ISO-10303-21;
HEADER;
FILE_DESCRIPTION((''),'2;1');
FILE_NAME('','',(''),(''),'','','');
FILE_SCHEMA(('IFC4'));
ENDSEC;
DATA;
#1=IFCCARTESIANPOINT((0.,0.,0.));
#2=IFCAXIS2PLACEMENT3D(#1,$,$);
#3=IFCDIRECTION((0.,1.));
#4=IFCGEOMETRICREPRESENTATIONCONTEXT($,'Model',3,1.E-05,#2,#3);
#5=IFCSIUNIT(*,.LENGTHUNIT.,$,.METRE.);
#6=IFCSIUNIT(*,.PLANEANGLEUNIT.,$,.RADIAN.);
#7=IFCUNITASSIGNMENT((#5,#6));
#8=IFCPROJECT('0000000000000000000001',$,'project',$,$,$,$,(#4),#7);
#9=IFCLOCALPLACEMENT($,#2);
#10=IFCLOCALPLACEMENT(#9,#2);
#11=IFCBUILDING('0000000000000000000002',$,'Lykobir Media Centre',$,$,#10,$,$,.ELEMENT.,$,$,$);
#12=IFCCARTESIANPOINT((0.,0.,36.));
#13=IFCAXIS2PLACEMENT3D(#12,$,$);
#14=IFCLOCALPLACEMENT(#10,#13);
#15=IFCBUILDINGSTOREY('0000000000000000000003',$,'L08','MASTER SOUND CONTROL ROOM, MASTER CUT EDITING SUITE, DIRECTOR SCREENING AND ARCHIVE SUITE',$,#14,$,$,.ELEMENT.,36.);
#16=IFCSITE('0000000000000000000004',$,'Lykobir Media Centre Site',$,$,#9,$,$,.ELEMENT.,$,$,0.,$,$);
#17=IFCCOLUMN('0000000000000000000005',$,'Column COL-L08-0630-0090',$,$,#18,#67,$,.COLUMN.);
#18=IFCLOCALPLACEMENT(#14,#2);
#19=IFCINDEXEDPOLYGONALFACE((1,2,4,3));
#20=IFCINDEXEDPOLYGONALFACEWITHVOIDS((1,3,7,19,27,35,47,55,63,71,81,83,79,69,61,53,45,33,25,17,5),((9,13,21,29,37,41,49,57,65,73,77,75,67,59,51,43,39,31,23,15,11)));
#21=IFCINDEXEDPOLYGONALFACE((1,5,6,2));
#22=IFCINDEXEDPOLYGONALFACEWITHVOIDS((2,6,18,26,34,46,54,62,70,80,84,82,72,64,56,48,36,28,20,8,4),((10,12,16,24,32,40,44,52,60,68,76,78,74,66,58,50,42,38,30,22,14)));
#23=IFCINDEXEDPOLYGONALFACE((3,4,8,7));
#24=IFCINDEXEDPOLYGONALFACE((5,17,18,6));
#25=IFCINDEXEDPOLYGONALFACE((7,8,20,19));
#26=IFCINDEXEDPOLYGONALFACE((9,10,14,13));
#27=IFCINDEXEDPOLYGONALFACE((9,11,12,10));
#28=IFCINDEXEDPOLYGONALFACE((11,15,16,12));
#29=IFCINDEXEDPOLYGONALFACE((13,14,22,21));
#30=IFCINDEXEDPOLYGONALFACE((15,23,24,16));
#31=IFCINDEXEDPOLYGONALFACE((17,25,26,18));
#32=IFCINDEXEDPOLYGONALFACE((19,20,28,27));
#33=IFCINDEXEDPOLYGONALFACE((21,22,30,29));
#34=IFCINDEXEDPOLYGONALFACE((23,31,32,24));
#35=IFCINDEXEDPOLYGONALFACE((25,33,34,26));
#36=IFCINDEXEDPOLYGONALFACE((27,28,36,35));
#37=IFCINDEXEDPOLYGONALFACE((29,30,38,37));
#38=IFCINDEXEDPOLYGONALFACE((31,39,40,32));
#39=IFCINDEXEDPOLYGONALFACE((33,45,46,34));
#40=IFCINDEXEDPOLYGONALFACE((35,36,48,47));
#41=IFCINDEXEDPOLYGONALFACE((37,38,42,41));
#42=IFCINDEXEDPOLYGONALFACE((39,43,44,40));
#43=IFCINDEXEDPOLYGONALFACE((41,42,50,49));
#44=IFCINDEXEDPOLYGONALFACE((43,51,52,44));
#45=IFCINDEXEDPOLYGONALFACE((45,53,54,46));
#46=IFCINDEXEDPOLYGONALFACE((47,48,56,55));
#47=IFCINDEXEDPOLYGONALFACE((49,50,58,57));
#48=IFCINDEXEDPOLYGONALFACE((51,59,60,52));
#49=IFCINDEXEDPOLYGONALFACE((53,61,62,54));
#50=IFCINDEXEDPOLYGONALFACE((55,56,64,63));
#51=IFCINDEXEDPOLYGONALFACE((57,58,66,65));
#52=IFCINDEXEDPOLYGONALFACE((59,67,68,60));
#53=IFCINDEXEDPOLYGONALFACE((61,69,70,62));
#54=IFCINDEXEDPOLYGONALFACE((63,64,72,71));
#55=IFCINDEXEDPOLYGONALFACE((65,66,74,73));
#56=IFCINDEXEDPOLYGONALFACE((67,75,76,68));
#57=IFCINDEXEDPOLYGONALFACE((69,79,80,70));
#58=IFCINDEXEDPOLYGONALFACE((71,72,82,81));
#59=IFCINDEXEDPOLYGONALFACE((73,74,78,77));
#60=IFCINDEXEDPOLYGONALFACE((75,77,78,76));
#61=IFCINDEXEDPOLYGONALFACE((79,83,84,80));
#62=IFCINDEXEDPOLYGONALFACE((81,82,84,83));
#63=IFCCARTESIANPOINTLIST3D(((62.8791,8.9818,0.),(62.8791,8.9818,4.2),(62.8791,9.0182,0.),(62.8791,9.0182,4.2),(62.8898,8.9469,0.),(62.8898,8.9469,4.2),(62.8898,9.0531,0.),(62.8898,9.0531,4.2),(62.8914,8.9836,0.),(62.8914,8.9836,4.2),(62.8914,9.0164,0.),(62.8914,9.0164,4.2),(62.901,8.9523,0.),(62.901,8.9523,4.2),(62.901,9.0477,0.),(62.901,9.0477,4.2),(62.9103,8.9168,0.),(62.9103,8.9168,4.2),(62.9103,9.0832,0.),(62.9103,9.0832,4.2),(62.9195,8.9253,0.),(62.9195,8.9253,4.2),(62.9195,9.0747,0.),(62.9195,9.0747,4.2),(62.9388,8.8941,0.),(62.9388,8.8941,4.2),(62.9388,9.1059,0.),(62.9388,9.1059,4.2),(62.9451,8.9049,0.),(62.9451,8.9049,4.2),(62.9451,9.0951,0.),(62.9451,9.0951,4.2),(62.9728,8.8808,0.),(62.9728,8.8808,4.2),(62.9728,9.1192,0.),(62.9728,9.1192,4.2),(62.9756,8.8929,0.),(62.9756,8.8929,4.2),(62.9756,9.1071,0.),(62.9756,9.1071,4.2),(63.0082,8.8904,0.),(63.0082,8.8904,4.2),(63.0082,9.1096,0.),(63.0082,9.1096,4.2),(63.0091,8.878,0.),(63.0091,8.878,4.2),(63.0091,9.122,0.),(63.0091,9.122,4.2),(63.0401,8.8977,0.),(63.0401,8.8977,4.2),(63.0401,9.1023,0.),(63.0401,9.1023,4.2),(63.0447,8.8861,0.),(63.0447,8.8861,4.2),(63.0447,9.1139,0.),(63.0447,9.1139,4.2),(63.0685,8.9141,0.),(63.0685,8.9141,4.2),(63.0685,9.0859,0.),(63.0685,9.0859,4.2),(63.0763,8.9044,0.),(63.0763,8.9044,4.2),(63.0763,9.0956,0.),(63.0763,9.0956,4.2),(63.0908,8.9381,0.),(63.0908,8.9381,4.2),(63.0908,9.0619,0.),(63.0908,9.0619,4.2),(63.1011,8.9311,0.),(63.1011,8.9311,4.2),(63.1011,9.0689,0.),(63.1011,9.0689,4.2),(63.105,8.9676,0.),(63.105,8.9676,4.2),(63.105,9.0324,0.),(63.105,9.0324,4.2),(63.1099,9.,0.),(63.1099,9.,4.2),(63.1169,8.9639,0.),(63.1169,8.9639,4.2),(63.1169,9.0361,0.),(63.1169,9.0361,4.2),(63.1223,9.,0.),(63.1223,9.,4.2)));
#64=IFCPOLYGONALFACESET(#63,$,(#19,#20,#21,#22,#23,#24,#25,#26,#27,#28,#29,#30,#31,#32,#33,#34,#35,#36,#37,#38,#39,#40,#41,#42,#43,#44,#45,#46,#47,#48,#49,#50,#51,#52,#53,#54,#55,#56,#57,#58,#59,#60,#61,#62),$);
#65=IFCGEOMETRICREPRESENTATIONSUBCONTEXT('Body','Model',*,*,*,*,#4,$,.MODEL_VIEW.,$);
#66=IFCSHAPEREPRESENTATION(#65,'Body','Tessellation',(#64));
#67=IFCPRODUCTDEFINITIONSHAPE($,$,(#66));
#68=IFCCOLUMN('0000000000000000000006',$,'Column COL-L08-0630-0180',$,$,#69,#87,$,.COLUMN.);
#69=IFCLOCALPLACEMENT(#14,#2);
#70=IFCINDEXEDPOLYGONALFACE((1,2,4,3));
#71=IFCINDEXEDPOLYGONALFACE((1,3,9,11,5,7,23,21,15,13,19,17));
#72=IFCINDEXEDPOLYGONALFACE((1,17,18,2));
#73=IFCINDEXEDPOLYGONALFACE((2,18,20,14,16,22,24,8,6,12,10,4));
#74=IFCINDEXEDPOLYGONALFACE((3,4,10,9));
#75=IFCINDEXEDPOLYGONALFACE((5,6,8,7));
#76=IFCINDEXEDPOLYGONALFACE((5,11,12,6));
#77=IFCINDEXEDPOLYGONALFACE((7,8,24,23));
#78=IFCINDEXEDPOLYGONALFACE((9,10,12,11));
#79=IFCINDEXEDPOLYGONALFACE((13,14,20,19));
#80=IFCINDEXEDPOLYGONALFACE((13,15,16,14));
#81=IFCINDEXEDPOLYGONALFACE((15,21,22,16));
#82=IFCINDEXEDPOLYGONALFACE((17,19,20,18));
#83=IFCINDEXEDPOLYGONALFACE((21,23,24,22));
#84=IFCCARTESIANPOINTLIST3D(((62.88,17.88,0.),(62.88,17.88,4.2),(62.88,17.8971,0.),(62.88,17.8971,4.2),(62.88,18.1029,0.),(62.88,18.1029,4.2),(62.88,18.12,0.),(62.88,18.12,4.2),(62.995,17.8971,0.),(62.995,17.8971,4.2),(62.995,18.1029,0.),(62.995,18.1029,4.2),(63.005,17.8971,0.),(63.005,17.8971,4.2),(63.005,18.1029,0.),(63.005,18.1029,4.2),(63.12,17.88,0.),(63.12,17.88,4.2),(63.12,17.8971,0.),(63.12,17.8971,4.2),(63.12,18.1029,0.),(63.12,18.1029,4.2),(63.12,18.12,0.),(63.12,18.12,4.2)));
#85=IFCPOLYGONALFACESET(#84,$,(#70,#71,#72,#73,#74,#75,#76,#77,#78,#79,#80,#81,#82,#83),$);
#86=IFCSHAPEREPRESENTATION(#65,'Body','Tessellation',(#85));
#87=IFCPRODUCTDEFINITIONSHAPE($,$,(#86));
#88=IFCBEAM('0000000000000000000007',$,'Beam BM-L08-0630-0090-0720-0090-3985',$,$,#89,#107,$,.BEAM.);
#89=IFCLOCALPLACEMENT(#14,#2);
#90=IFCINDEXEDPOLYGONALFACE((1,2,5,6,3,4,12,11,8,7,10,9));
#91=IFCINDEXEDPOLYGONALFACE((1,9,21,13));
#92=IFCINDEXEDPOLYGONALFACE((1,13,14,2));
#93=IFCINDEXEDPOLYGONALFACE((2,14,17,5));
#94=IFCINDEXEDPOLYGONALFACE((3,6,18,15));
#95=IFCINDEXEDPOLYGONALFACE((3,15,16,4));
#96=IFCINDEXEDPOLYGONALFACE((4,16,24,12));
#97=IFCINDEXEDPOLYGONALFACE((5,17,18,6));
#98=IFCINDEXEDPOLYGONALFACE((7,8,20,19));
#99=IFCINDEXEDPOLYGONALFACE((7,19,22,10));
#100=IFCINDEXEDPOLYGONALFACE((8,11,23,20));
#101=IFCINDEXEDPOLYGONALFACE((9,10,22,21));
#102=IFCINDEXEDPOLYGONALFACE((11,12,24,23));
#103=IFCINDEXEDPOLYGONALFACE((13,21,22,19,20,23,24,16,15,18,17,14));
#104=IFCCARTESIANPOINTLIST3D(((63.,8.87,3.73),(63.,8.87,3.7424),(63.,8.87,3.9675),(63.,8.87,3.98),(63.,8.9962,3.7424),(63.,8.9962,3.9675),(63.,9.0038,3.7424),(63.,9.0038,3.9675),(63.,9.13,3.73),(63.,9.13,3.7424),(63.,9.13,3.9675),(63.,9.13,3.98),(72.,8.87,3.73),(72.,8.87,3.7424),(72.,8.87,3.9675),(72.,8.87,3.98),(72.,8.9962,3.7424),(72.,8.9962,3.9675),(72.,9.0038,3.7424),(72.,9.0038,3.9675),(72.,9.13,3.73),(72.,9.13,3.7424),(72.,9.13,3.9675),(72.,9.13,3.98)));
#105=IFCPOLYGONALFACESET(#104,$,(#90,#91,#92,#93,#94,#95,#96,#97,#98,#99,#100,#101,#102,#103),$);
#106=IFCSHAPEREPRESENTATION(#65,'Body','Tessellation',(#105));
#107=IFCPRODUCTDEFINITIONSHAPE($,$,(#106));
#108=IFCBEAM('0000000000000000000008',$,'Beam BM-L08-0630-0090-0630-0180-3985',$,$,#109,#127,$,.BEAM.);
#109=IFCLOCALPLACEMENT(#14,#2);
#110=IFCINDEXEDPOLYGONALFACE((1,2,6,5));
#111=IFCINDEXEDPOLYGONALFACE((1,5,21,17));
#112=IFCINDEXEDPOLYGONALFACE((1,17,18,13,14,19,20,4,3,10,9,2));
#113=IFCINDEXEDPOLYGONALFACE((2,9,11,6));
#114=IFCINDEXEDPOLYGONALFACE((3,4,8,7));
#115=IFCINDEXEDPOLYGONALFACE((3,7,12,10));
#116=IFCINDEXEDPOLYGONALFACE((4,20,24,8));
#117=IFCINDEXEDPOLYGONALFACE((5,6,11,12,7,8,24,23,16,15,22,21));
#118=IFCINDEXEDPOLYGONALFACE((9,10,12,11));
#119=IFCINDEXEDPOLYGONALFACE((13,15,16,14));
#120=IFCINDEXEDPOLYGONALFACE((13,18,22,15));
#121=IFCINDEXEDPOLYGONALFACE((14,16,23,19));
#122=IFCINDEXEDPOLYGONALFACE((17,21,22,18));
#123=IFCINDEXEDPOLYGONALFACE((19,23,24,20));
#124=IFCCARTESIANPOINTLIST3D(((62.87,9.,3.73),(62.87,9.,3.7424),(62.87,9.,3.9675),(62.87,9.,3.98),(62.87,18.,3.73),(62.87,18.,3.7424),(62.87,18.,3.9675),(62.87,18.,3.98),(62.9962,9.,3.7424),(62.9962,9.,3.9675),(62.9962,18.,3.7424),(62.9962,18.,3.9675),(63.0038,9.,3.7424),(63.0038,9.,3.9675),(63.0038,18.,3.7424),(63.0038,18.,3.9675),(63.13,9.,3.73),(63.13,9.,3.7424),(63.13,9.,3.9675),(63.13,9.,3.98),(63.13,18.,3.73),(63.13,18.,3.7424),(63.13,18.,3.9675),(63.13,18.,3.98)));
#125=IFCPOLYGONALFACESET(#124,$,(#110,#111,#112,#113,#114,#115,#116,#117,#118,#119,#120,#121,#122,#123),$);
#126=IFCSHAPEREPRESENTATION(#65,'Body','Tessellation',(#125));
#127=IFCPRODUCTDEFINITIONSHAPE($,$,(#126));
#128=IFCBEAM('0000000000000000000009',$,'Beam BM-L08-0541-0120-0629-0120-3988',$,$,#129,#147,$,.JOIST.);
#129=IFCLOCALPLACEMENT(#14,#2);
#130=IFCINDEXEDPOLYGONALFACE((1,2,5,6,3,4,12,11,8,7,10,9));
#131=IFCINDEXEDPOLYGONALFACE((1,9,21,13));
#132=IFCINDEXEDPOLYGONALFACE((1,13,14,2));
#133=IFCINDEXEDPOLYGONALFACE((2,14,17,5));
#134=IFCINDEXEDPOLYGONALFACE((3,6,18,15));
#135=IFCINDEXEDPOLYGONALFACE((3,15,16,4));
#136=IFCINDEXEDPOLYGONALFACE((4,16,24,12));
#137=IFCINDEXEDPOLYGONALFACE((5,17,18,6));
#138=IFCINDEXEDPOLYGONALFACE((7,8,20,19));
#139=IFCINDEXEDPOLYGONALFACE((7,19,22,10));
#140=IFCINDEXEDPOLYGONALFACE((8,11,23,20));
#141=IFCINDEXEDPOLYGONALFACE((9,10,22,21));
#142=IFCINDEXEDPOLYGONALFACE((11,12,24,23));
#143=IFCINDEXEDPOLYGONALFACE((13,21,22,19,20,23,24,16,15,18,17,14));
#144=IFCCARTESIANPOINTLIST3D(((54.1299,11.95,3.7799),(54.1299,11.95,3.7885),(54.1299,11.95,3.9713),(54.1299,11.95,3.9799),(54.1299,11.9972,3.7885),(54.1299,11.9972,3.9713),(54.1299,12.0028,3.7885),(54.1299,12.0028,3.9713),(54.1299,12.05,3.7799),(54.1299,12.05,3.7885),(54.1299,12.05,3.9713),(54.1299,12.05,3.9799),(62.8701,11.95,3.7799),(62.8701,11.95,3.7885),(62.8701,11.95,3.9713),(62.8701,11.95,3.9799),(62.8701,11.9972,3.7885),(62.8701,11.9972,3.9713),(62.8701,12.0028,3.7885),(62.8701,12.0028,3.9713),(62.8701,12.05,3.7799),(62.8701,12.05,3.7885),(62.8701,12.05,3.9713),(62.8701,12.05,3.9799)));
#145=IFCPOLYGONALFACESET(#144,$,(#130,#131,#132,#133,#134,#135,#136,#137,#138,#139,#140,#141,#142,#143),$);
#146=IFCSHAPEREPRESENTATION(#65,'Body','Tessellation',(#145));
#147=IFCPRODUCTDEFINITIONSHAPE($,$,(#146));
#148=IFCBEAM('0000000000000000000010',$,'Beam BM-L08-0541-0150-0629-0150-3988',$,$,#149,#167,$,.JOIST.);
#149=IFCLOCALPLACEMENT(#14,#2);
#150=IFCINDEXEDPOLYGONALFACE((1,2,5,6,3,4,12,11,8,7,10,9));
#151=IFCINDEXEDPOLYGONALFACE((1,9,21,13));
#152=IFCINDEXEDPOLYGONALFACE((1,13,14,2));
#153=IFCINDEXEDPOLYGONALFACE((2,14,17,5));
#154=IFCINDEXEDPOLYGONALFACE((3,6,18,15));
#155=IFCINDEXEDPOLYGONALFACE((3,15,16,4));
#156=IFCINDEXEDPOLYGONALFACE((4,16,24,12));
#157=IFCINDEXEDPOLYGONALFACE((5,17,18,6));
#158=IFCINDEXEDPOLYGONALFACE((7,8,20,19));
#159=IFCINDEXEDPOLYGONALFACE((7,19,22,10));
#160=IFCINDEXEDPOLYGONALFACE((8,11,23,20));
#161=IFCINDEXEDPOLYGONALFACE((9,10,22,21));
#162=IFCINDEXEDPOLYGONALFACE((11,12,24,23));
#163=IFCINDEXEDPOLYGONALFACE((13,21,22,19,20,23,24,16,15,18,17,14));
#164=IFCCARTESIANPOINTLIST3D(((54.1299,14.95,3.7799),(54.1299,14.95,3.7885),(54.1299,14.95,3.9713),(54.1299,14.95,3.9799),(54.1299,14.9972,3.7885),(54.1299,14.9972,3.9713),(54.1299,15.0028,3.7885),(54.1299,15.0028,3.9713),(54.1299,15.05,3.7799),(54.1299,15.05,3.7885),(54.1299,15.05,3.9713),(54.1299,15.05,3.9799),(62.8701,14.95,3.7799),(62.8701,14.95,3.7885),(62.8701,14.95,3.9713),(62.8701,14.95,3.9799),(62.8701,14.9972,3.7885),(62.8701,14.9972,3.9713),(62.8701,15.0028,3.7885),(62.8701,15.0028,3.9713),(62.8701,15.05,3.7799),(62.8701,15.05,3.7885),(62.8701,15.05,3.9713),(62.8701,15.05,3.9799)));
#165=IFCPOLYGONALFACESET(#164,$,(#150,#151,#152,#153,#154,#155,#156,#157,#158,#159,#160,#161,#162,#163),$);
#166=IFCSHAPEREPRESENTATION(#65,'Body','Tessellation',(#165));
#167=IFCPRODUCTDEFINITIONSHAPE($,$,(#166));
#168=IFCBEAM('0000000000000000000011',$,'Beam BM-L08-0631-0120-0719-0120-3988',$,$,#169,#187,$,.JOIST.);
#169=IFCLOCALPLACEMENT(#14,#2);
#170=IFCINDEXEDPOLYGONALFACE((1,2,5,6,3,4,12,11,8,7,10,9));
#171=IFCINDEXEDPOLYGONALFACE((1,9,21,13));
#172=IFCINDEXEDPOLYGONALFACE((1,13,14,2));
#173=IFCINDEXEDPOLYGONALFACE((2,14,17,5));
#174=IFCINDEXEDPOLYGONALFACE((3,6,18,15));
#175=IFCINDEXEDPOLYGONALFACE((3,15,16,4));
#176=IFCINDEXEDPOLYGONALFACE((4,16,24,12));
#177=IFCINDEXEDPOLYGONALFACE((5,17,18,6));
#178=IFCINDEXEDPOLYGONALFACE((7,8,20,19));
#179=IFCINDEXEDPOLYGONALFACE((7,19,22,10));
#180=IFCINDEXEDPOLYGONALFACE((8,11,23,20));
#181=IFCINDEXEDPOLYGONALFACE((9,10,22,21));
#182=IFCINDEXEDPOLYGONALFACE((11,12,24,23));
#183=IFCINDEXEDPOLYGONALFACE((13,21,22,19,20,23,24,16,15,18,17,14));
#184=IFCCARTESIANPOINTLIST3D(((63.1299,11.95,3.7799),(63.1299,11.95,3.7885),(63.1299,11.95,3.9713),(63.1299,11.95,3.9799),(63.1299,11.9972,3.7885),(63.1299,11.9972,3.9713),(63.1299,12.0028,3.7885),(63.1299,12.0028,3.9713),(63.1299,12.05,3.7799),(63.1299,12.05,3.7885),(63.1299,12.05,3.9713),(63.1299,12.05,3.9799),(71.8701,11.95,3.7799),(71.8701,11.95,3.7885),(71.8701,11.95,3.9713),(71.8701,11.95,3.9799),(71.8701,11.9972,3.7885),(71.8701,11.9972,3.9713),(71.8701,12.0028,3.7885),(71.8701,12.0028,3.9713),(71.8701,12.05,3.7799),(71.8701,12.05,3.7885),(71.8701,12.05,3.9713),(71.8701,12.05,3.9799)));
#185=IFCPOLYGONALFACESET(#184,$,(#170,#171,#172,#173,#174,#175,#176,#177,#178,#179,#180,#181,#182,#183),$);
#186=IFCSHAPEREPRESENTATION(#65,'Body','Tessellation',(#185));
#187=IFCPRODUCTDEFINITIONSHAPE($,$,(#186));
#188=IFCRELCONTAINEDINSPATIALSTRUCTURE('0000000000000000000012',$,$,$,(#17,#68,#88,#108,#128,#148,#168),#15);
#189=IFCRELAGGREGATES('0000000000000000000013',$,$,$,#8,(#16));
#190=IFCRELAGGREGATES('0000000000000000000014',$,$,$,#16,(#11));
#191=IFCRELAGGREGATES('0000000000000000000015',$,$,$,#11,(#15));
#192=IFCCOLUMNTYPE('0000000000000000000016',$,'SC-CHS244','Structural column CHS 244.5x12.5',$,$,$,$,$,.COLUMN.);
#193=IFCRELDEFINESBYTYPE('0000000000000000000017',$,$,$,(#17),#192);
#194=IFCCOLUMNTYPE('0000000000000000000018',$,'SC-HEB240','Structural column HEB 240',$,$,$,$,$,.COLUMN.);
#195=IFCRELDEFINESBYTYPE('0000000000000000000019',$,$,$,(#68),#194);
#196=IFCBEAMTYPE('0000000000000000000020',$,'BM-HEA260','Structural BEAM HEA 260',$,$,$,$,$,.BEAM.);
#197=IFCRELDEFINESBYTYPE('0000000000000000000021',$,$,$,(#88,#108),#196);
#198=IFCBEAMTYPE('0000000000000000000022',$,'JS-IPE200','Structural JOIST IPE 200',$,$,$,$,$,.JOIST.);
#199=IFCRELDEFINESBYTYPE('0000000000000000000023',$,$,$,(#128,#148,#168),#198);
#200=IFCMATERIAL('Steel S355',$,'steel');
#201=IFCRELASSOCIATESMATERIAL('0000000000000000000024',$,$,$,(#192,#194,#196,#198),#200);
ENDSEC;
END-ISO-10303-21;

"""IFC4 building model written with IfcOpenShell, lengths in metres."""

from ifc_helpers import new_model, si_unit, direction, frame, origin, origin_2d, place, context, subcontext, project, spatial, hollow_circle, i_section, extrude, material, material_profile, profile_set, type_object, element, save


model = new_model("IFC4")

# Units and contexts
model_context = context("Model", 3, precision=1e-05, world=origin(), true_north=direction((0.0, 1.0)))
body_context = subcontext(model_context, "Body", "Model", "MODEL_VIEW")
ifc_project = project(units=[si_unit("LENGTHUNIT", "METRE"), si_unit("PLANEANGLEUNIT", "RADIAN")], contexts=[model_context])

# Site, building, storey
site_placement = place(None, origin())
site = spatial("IfcSite", under=ifc_project, at=site_placement, Name="Lykobir Media Centre Site", CompositionType="ELEMENT", RefElevation=0.0)
building_placement = place(site_placement, origin())
building = spatial("IfcBuilding", under=site, at=building_placement, Name="Lykobir Media Centre", CompositionType="ELEMENT")
storey_placement = place(building_placement, frame((0.0, 0.0, 36.0)))
storey = spatial("IfcBuildingStorey", under=building, at=storey_placement, Name="L08", Description="MASTER SOUND CONTROL ROOM, MASTER CUT EDITING SUITE, DIRECTOR SCREENING AND ARCHIVE SUITE", CompositionType="ELEMENT", Elevation=36.0)

# Columns
ifc_material_1 = material(Name="Steel S355", Category="steel")
ifc_material_profile_1 = material_profile(ifc_material_1, hollow_circle(Radius=0.1223, WallThickness=0.0125, at=origin_2d()), Name="CHS 244.5x12.5")
ifc_profile_set_1 = profile_set([ifc_material_profile_1], Name="Steel S355")
column_type_1 = type_object("IfcColumnType", Name="SC-CHS244", Description="Structural column CHS 244.5x12.5", PredefinedType="COLUMN", material=ifc_profile_set_1)
column_1_placement = place(storey_placement, frame((63.0, 9.0, 0.0), z_axis=(0.0, 0.0, 1.0), x_axis=(1.0, 0.0, 0.0)))
element("IfcColumn", 1, at=column_1_placement, inside=storey, type_object=column_type_1, Name="Column COL-L08-0630-0090", PredefinedType="COLUMN", context=body_context, shape_type="SweptSolid", body=[
    extrude(hollow_circle(Radius=0.1223, WallThickness=0.0125, at=origin_2d()), origin(), (0.0, 0.0, 1.0), 4.2),
])
ifc_material_profile_2 = material_profile(ifc_material_1, i_section(OverallWidth=0.24, OverallDepth=0.24, WebThickness=0.01, FlangeThickness=0.0171, at=origin_2d()), Name="HEB 240")
ifc_profile_set_2 = profile_set([ifc_material_profile_2], Name="Steel S355")
column_type_2 = type_object("IfcColumnType", Name="SC-HEB240", Description="Structural column HEB 240", PredefinedType="COLUMN", material=ifc_profile_set_2)
column_2_placement = place(storey_placement, frame((63.0, 18.0, 0.0), z_axis=(0.0, 0.0, 1.0), x_axis=(1.0, 0.0, 0.0)))
element("IfcColumn", 2, at=column_2_placement, inside=storey, type_object=column_type_2, Name="Column COL-L08-0630-0180", PredefinedType="COLUMN", context=body_context, shape_type="SweptSolid", body=[
    extrude(i_section(OverallWidth=0.24, OverallDepth=0.24, WebThickness=0.01, FlangeThickness=0.0171, at=origin_2d()), origin(), (0.0, 0.0, 1.0), 4.2),
])

# Beams
ifc_material_profile_3 = material_profile(ifc_material_1, i_section(OverallWidth=0.26, OverallDepth=0.25, WebThickness=0.0076, FlangeThickness=0.0125, at=origin_2d()), Name="HEA 260")
ifc_profile_set_3 = profile_set([ifc_material_profile_3], Name="Steel S355")
beam_type_1 = type_object("IfcBeamType", Name="BM-HEA260", Description="Structural BEAM HEA 260", PredefinedType="BEAM", material=ifc_profile_set_3)
for number, where, z_axis, x_axis, name in (
    (3, (63.0, 9.0, 3.855), (1.0, 0.0, 0.0), (0.0, 1.0, 0.0), "Beam BM-L08-0630-0090-0720-0090-3985"),
    (4, (63.0, 9.0, 3.855), (0.0, 1.0, 0.0), (-1.0, 0.0, 0.0), "Beam BM-L08-0630-0090-0630-0180-3985"),
):
    element("IfcBeam", number, at=place(storey_placement, frame(where, z_axis=z_axis, x_axis=x_axis)), inside=storey, type_object=beam_type_1, Name=name, PredefinedType="BEAM", context=body_context, shape_type="SweptSolid", body=[
        extrude(i_section(OverallWidth=0.26, OverallDepth=0.25, WebThickness=0.0076, FlangeThickness=0.0125, at=origin_2d()), origin(), (0.0, 0.0, 1.0), 9.0),
    ])
ifc_material_profile_4 = material_profile(ifc_material_1, i_section(OverallWidth=0.1001, OverallDepth=0.2, WebThickness=0.0056, FlangeThickness=0.0085, at=origin_2d()), Name="IPE 200")
ifc_profile_set_4 = profile_set([ifc_material_profile_4], Name="Steel S355")
beam_type_2 = type_object("IfcBeamType", Name="JS-IPE200", Description="Structural JOIST IPE 200", PredefinedType="JOIST", material=ifc_profile_set_4)
for number, where, z_axis, x_axis, name in (
    (5, (54.1299, 12.0, 3.8799), (1.0, 0.0, 0.0), (0.0, 1.0, 0.0), "Beam BM-L08-0541-0120-0629-0120-3988"),
    (6, (54.1299, 15.0, 3.8799), (1.0, 0.0, 0.0), (0.0, 1.0, 0.0), "Beam BM-L08-0541-0150-0629-0150-3988"),
    (7, (63.1299, 12.0, 3.8799), (1.0, 0.0, 0.0), (0.0, 1.0, 0.0), "Beam BM-L08-0631-0120-0719-0120-3988"),
):
    element("IfcBeam", number, at=place(storey_placement, frame(where, z_axis=z_axis, x_axis=x_axis)), inside=storey, type_object=beam_type_2, Name=name, PredefinedType="JOIST", context=body_context, shape_type="SweptSolid", body=[
        extrude(i_section(OverallWidth=0.1001, OverallDepth=0.2, WebThickness=0.0056, FlangeThickness=0.0085, at=origin_2d()), origin(), (0.0, 0.0, 1.0), 8.7402),
    ])

save(model, "model.ifc")
